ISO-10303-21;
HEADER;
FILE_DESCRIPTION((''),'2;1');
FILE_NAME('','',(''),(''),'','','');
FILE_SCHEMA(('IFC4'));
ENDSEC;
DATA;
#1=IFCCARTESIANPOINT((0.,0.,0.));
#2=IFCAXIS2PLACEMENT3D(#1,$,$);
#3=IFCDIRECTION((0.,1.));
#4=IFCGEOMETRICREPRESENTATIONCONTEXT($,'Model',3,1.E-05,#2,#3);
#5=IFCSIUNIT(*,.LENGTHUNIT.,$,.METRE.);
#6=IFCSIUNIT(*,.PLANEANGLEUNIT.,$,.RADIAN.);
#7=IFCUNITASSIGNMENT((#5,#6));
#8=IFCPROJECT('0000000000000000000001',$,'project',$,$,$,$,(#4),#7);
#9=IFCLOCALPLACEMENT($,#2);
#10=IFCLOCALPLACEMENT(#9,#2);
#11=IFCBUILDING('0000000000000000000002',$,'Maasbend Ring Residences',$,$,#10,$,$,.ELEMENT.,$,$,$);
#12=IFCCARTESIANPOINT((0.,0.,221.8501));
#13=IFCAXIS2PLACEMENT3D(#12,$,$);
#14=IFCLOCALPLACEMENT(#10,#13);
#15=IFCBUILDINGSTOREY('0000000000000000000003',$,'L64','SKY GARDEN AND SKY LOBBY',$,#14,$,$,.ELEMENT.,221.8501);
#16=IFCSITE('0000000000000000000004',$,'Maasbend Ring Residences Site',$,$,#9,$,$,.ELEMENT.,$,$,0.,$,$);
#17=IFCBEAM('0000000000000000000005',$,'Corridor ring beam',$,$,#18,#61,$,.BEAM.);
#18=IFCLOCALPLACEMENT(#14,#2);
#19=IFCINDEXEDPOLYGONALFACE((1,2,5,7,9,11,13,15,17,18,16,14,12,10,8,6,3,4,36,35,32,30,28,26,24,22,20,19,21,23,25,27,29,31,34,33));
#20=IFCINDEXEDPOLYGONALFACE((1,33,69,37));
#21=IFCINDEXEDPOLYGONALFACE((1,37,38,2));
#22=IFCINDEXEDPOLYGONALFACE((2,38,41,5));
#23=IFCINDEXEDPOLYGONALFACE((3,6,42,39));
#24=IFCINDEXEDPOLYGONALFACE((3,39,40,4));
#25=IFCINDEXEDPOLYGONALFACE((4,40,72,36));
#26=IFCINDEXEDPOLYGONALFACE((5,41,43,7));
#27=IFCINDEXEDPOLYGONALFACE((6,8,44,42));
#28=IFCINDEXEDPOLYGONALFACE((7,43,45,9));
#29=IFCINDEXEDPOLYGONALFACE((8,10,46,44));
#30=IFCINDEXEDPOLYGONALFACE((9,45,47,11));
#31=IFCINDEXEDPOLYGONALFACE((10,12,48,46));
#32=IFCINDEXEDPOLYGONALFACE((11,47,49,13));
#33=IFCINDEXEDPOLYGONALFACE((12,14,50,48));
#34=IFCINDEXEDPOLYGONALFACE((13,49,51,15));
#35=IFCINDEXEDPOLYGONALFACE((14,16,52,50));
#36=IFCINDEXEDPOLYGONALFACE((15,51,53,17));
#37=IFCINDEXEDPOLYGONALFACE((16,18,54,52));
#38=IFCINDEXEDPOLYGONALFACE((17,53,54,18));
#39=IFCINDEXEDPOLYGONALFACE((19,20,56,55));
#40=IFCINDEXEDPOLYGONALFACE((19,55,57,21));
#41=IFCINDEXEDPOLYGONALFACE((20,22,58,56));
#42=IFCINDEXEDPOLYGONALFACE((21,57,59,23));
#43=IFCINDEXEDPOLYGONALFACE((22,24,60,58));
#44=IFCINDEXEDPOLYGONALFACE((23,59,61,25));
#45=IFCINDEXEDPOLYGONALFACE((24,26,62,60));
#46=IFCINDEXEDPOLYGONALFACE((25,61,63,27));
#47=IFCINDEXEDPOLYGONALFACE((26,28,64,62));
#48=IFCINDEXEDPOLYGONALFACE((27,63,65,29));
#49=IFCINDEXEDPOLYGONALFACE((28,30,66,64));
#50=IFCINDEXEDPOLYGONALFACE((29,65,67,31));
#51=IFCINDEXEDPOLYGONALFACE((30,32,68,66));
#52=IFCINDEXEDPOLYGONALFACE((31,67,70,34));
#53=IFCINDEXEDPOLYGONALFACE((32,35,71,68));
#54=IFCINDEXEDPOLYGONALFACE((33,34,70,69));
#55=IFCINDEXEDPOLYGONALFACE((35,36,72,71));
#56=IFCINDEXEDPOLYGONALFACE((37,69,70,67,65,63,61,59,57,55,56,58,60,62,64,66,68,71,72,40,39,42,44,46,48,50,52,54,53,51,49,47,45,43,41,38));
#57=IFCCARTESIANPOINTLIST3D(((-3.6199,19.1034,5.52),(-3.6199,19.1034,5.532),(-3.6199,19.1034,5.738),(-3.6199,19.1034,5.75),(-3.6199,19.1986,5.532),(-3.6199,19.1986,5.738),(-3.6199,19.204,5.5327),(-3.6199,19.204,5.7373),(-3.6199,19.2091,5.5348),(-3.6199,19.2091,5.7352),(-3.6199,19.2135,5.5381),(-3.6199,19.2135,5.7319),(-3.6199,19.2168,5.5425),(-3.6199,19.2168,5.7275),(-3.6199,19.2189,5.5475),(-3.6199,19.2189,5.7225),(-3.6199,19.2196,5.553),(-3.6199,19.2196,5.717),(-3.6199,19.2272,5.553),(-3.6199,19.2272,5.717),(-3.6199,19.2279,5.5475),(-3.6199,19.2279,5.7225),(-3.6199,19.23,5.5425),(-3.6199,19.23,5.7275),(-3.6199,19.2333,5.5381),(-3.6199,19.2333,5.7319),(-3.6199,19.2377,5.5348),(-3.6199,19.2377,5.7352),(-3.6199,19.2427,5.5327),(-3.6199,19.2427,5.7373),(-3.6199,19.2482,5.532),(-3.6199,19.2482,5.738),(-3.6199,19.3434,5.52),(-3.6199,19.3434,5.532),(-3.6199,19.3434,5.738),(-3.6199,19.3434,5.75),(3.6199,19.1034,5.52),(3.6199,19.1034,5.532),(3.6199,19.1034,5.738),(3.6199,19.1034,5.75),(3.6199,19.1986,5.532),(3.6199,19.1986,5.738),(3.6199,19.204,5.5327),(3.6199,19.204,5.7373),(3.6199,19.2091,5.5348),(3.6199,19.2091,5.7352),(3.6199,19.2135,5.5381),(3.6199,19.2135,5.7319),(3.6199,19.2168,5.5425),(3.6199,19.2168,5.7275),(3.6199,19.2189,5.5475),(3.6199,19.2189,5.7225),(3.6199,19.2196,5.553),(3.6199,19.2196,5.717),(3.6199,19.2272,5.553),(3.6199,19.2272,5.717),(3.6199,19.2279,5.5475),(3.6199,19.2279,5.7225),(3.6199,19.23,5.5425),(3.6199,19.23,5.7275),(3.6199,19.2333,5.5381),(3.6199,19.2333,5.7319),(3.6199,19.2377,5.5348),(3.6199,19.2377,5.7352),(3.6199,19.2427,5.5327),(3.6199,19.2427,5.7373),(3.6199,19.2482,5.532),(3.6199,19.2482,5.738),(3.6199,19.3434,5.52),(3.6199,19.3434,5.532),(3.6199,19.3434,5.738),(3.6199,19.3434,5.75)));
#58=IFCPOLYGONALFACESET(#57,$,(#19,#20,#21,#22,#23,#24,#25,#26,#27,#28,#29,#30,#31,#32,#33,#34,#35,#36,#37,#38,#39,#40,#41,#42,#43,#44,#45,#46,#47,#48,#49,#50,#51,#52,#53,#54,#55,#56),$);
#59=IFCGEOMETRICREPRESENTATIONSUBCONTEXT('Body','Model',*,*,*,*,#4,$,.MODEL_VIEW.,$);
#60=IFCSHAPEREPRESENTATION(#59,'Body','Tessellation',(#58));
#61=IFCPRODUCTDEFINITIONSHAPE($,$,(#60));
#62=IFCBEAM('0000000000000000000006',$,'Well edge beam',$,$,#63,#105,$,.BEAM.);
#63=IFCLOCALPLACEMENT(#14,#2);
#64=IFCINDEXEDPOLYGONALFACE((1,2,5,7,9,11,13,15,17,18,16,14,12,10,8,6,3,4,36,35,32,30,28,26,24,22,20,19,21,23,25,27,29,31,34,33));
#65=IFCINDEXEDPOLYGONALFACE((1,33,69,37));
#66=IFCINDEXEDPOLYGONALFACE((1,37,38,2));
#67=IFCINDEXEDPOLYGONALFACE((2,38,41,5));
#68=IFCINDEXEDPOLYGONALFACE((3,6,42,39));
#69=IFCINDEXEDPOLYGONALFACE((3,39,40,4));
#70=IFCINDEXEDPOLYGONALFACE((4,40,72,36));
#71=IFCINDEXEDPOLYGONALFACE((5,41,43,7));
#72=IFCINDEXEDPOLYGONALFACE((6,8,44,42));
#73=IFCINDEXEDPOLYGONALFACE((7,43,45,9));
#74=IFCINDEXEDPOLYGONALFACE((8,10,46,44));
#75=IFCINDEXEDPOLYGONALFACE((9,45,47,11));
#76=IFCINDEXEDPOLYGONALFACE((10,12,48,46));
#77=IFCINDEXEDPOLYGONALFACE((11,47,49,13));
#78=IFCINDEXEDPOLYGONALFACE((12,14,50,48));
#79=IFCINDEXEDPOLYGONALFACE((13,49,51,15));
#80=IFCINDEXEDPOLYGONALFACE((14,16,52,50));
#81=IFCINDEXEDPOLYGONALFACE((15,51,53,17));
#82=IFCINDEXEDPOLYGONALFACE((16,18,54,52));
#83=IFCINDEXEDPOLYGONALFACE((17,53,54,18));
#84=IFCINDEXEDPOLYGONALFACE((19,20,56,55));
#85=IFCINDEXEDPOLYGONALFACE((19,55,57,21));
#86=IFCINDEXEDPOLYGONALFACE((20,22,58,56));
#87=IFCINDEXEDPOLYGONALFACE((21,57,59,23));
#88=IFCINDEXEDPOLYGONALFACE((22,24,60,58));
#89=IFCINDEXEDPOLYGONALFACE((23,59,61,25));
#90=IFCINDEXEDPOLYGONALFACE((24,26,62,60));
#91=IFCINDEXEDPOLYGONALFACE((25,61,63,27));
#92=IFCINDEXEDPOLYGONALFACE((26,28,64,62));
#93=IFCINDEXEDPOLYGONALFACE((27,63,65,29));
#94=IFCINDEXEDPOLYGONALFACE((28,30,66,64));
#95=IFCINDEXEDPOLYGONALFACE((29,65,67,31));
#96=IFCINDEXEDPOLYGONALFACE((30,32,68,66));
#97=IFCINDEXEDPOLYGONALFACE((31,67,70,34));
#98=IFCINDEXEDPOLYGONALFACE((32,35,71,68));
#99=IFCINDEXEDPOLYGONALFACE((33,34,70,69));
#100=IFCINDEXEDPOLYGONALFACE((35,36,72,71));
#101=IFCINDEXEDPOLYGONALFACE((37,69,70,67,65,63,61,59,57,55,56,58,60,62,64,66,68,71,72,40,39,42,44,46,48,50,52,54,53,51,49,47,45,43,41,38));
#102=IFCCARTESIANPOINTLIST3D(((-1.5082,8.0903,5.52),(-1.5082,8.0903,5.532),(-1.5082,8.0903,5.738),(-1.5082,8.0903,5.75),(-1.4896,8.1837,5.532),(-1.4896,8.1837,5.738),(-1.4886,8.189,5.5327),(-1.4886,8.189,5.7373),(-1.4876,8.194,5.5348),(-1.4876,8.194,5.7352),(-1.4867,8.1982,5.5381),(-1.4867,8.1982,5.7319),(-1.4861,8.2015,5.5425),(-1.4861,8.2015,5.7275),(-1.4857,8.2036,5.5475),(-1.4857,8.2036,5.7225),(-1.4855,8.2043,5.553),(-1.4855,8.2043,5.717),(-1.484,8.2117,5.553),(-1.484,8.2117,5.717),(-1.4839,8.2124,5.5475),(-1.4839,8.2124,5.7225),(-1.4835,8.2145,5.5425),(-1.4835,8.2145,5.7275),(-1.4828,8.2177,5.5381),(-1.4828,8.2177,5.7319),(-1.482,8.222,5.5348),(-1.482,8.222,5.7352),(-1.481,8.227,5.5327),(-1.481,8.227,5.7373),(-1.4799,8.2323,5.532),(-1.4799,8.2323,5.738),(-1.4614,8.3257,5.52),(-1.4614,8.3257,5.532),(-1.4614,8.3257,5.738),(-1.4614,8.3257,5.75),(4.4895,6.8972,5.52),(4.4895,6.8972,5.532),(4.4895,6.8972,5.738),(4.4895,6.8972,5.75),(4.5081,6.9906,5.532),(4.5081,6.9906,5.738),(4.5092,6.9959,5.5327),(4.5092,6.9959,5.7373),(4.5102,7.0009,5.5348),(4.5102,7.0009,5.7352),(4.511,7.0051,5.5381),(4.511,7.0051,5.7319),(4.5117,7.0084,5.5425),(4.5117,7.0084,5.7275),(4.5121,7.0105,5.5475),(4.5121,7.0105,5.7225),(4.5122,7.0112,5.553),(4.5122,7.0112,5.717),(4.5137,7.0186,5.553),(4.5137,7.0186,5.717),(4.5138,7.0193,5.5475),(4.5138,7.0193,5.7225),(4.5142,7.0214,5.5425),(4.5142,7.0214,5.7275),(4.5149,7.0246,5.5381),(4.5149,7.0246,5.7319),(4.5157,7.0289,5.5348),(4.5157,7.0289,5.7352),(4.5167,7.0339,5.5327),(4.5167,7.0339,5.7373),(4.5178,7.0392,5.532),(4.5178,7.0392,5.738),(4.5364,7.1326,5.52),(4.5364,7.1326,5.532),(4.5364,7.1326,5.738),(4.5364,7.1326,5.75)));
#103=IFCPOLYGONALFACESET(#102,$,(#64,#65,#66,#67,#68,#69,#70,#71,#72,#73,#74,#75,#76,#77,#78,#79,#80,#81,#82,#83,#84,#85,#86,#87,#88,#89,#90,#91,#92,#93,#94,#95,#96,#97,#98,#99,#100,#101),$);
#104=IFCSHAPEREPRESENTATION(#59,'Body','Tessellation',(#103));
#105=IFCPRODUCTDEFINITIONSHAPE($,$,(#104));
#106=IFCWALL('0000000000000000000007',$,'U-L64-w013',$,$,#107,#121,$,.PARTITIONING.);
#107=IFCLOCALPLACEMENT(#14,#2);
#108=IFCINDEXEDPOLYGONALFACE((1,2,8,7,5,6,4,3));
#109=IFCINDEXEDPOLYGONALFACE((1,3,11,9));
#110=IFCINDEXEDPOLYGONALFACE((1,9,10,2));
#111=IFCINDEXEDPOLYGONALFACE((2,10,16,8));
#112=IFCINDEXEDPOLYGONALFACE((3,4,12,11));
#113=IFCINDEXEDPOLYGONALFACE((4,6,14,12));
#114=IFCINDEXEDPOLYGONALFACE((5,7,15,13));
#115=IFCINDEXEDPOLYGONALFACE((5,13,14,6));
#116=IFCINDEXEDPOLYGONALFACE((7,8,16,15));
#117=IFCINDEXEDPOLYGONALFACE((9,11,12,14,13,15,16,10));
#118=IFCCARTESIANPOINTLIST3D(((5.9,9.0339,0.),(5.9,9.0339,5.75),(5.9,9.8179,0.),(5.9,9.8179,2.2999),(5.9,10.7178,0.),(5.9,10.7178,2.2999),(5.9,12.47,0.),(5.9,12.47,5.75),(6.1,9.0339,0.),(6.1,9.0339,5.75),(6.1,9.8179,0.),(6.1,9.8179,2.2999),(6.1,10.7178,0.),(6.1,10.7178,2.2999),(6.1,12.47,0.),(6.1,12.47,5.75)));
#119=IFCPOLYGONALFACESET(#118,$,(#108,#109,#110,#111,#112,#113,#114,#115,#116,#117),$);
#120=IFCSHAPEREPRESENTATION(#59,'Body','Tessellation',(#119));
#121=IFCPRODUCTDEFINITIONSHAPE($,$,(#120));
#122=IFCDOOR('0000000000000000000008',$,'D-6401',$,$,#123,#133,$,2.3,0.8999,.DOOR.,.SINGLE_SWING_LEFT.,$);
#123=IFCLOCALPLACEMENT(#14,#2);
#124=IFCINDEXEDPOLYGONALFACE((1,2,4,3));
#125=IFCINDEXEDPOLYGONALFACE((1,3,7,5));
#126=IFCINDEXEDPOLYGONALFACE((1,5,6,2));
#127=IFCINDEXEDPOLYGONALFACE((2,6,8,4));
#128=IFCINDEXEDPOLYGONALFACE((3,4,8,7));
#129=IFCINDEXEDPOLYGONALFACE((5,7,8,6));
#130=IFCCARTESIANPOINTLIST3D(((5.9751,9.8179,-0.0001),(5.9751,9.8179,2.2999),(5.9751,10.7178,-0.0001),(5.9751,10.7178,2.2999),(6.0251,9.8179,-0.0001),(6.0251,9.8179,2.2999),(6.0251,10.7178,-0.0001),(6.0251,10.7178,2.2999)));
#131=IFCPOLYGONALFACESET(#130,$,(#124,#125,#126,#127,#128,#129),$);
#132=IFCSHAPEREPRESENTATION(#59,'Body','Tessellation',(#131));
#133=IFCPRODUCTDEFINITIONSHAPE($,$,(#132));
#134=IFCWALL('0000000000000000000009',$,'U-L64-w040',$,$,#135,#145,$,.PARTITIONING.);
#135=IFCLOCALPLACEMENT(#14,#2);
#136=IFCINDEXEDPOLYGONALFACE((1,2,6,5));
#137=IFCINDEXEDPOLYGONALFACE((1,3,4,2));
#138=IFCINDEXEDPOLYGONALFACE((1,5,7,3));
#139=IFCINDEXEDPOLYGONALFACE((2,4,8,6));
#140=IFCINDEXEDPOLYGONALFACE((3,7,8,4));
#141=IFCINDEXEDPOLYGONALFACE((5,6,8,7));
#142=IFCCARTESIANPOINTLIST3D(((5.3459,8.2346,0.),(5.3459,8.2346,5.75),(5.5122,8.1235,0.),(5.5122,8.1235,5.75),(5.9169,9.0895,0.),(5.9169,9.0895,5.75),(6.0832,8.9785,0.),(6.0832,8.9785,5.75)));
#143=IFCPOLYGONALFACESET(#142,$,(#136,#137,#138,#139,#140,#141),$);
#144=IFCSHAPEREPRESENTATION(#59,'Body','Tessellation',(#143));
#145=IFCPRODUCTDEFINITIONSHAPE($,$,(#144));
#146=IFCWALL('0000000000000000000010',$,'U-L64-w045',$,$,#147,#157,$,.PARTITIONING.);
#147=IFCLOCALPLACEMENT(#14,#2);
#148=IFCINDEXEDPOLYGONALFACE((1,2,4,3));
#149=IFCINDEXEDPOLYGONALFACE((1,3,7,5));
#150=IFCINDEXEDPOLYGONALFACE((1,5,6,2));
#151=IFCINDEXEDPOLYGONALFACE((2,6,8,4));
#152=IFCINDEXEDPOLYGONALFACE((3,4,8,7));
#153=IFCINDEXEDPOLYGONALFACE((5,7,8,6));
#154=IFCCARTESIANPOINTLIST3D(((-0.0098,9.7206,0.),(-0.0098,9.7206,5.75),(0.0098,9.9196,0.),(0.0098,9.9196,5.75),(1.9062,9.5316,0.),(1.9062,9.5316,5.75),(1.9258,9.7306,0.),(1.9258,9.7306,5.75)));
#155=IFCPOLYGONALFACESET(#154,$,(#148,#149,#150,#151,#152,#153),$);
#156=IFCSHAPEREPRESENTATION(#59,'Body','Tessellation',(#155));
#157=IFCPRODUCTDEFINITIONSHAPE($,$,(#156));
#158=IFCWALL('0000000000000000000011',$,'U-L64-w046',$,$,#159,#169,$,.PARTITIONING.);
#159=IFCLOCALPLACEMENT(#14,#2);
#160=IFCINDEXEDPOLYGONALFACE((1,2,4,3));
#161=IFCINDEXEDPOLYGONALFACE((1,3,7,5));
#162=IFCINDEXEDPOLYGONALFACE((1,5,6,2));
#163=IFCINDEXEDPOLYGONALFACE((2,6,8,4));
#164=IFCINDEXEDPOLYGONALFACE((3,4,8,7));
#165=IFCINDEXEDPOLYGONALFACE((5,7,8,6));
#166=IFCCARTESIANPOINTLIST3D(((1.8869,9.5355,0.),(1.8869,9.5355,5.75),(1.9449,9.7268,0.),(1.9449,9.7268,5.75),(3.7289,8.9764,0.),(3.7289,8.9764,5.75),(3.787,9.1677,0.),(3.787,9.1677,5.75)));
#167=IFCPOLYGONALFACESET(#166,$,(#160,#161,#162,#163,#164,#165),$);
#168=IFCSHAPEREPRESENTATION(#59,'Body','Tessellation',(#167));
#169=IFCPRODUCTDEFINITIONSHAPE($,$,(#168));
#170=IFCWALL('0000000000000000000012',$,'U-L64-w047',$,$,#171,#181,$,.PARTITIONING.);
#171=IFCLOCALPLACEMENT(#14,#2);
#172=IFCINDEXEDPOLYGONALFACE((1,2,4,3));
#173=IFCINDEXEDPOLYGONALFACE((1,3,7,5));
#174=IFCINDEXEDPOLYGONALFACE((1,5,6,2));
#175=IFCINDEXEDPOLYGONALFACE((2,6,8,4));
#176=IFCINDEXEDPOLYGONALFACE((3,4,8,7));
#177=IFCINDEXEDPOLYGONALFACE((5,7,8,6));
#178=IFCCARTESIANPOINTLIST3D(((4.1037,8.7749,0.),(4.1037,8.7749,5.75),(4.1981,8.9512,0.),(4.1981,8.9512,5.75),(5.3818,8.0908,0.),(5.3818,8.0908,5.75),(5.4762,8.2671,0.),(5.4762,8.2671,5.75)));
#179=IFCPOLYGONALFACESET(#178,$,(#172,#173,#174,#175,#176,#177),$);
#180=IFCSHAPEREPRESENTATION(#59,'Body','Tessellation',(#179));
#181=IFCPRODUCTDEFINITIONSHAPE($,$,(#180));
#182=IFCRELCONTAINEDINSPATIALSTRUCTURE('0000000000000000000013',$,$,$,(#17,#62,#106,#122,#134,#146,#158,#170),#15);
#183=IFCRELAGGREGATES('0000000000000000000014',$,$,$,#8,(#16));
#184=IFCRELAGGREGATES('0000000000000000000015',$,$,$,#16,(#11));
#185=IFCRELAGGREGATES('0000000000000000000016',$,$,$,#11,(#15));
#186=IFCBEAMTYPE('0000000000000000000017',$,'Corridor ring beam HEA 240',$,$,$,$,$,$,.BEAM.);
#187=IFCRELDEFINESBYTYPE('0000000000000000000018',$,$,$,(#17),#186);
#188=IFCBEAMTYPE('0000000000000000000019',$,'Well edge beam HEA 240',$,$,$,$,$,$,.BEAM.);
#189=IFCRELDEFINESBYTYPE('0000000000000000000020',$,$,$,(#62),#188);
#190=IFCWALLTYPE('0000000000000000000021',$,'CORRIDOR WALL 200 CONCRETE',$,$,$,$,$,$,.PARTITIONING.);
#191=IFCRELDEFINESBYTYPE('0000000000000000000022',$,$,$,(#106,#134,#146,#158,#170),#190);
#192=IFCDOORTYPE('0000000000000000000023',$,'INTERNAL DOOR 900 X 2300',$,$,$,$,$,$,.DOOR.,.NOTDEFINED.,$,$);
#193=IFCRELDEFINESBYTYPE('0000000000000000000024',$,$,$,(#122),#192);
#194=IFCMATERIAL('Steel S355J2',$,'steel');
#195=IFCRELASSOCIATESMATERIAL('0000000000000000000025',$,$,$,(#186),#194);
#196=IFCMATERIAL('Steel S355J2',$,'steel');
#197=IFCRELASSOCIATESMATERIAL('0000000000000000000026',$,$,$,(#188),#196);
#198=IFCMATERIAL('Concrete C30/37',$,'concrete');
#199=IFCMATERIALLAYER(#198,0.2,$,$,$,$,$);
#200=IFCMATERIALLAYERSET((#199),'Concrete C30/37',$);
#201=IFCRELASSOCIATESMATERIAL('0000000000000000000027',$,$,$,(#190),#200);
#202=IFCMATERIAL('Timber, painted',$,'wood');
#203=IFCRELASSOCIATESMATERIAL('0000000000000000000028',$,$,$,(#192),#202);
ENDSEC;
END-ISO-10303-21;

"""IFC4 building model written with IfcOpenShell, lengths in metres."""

from ifc_helpers import new_model, si_unit, direction, frame, frame_2d, origin, origin_2d, place, context, subcontext, project, spatial, rectangle, i_section, extrude, material, layer, layer_set, material_profile, profile_set, type_object, element, fill, save


model = new_model("IFC4")

# Units and contexts
model_context = context("Model", 3, precision=1e-05, world=origin(), true_north=direction((0.0, 1.0)))
body_context = subcontext(model_context, "Body", "Model", "MODEL_VIEW")
ifc_project = project(units=[si_unit("LENGTHUNIT", "METRE"), si_unit("PLANEANGLEUNIT", "RADIAN")], contexts=[model_context])

# Site, building, storey
site_placement = place(None, origin())
site = spatial("IfcSite", under=ifc_project, at=site_placement, Name="Maasbend Ring Residences Site", CompositionType="ELEMENT", RefElevation=0.0)
building_placement = place(site_placement, origin())
building = spatial("IfcBuilding", under=site, at=building_placement, Name="Maasbend Ring Residences", CompositionType="ELEMENT")
storey_placement = place(building_placement, frame((0.0, 0.0, 221.8501)))
storey = spatial("IfcBuildingStorey", under=building, at=storey_placement, Name="L64", Description="SKY GARDEN AND SKY LOBBY", CompositionType="ELEMENT", Elevation=221.8501)

# Beams
ifc_material_1 = material(Name="Steel S355J2", Category="steel")
ifc_material_profile_1 = material_profile(ifc_material_1, i_section(OverallWidth=0.24, OverallDepth=0.23, WebThickness=0.0076, FlangeThickness=0.012, FilletRadius=0.021, at=origin_2d()), Name="HEA 240")
ifc_profile_set_1 = profile_set([ifc_material_profile_1], Name="Steel S355J2")
beam_type_1 = type_object("IfcBeamType", Name="Corridor ring beam HEA 240", PredefinedType="BEAM", material=ifc_profile_set_1)
for number, where, z_axis, x_axis, name in (
    (1, (3.6199, 19.2234, 5.635), (-1.0, 0.0, 0.0), (0.0, -1.0, 0.0), "Corridor ring beam"),
):
    element("IfcBeam", number, at=place(storey_placement, frame(where, z_axis=z_axis, x_axis=x_axis)), inside=storey, type_object=beam_type_1, Name=name, PredefinedType="BEAM", context=body_context, shape_type="SweptSolid", body=[
        extrude(i_section(OverallWidth=0.24, OverallDepth=0.23, WebThickness=0.0076, FlangeThickness=0.012, FilletRadius=0.021, at=origin_2d()), origin(), (0.0, 0.0, 1.0), 7.2397),
    ])
ifc_material_2 = material(Name="Steel S355J2", Category="steel")
ifc_material_profile_2 = material_profile(ifc_material_2, i_section(OverallWidth=0.24, OverallDepth=0.23, WebThickness=0.0076, FlangeThickness=0.012, FilletRadius=0.021, at=origin_2d()), Name="HEA 240")
ifc_profile_set_2 = profile_set([ifc_material_profile_2], Name="Steel S355J2")
beam_type_2 = type_object("IfcBeamType", Name="Well edge beam HEA 240", PredefinedType="BEAM", material=ifc_profile_set_2)
beam_1_placement = place(storey_placement, frame((4.5129, 7.0149, 5.635), z_axis=(-0.980783, 0.195103, 0.0), x_axis=(-0.195103, -0.980783, 0.0)))
element("IfcBeam", 2, at=beam_1_placement, inside=storey, type_object=beam_type_2, Name="Well edge beam", PredefinedType="BEAM", context=body_context, shape_type="SweptSolid", body=[
    extrude(i_section(OverallWidth=0.24, OverallDepth=0.23, WebThickness=0.0076, FlangeThickness=0.012, FilletRadius=0.021, at=origin_2d()), origin(), (0.0, 0.0, 1.0), 6.1152),
])

# Wall, opening, door
ifc_material_3 = material(Name="Concrete C30/37", Category="concrete")
ifc_layer_1 = layer(ifc_material_3, 0.2)
ifc_layer_set_1 = layer_set([ifc_layer_1], Name="Concrete C30/37")
wall_type_1 = type_object("IfcWallType", Name="CORRIDOR WALL 200 CONCRETE", PredefinedType="PARTITIONING", material=ifc_layer_set_1)
wall_1_placement = place(storey_placement, frame((6.0, 9.0339, 0.0), z_axis=(0.0, 0.0, 1.0), x_axis=(0.0, 1.0, 0.0)))
wall_1 = element("IfcWall", 3, at=wall_1_placement, inside=storey, type_object=wall_type_1, Name="U-L64-w013", PredefinedType="PARTITIONING", context=body_context, shape_type="SweptSolid", body=[
    extrude(rectangle(XDim=3.436, YDim=0.2, at=frame_2d((1.718, 0.0))), origin(), (0.0, 0.0, 1.0), 5.75),
])
opening_1_placement = place(wall_1_placement, frame((0.7839, 0.0, 0.0)))
opening_1 = element("IfcOpeningElement", 4, at=opening_1_placement, cuts=wall_1, PredefinedType="OPENING", context=body_context, shape_type="SweptSolid", body=[
    extrude(rectangle(XDim=0.8999, YDim=2.3, at=frame_2d((0.45, 1.1499))), frame((0.0, 0.1099, 0.0), z_axis=(0.0, -1.0, 0.0), x_axis=(1.0, 0.0, 0.0)), (0.0, 0.0, 1.0), 0.22),
])
ifc_material_4 = material(Name="Timber, painted", Category="wood")
door_type_1 = type_object("IfcDoorType", Name="INTERNAL DOOR 900 X 2300", OperationType="NOTDEFINED", PredefinedType="DOOR", material=ifc_material_4)
door_1_placement = place(opening_1_placement, origin())
door_1 = element("IfcDoor", 5, at=door_1_placement, inside=storey, type_object=door_type_1, Name="D-6401", OperationType="SINGLE_SWING_LEFT", OverallHeight=2.3, OverallWidth=0.8999, PredefinedType="DOOR", context=body_context, shape_type="SweptSolid", body=[
    extrude(rectangle(XDim=0.8999, YDim=2.3, at=frame_2d((0.45, 1.1499))), frame((0.0, 0.0249, 0.0), z_axis=(0.0, -1.0, 0.0), x_axis=(1.0, 0.0, 0.0)), (0.0, 0.0, 1.0), 0.05),
])
fill(opening_1, door_1)

# Walls
wall_2_placement = place(storey_placement, frame((5.429, 8.179, 0.0), z_axis=(0.0, 0.0, 1.0), x_axis=(0.555412, 0.831575, 0.0)))
element("IfcWall", 6, at=wall_2_placement, inside=storey, type_object=wall_type_1, Name="U-L64-w040", PredefinedType="PARTITIONING", context=body_context, shape_type="SweptSolid", body=[
    extrude(rectangle(XDim=1.0281, YDim=0.2, at=frame_2d((0.5142, 0.0))), origin(), (0.0, 0.0, 1.0), 5.75),
])
wall_3_placement = place(storey_placement, frame((0.0, 9.8201, 0.0), z_axis=(0.0, 0.0, 1.0), x_axis=(0.995172, -0.098148, 0.0)))
element("IfcWall", 7, at=wall_3_placement, inside=storey, type_object=wall_type_1, Name="U-L64-w045", PredefinedType="PARTITIONING", context=body_context, shape_type="SweptSolid", body=[
    extrude(rectangle(XDim=1.9253, YDim=0.2, at=frame_2d((0.9626, 0.0))), origin(), (0.0, 0.0, 1.0), 5.75),
])
wall_4_placement = place(storey_placement, frame((1.916, 9.6311, 0.0), z_axis=(0.0, 0.0, 1.0), x_axis=(0.956896, -0.29043, 0.0)))
element("IfcWall", 8, at=wall_4_placement, inside=storey, type_object=wall_type_1, Name="U-L64-w046", PredefinedType="PARTITIONING", context=body_context, shape_type="SweptSolid", body=[
    extrude(rectangle(XDim=1.925, YDim=0.2, at=frame_2d((0.9624, 0.0))), origin(), (0.0, 0.0, 1.0), 5.75),
])
wall_5_placement = place(storey_placement, frame((4.1509, 8.863, 0.0), z_axis=(0.0, 0.0, 1.0), x_axis=(0.881653, -0.471899, 0.0)))
element("IfcWall", 9, at=wall_5_placement, inside=storey, type_object=wall_type_1, Name="U-L64-w047", PredefinedType="PARTITIONING", context=body_context, shape_type="SweptSolid", body=[
    extrude(rectangle(XDim=1.4497, YDim=0.2, at=frame_2d((0.7249, 0.0))), origin(), (0.0, 0.0, 1.0), 5.75),
])

save(model, "model.ifc")
